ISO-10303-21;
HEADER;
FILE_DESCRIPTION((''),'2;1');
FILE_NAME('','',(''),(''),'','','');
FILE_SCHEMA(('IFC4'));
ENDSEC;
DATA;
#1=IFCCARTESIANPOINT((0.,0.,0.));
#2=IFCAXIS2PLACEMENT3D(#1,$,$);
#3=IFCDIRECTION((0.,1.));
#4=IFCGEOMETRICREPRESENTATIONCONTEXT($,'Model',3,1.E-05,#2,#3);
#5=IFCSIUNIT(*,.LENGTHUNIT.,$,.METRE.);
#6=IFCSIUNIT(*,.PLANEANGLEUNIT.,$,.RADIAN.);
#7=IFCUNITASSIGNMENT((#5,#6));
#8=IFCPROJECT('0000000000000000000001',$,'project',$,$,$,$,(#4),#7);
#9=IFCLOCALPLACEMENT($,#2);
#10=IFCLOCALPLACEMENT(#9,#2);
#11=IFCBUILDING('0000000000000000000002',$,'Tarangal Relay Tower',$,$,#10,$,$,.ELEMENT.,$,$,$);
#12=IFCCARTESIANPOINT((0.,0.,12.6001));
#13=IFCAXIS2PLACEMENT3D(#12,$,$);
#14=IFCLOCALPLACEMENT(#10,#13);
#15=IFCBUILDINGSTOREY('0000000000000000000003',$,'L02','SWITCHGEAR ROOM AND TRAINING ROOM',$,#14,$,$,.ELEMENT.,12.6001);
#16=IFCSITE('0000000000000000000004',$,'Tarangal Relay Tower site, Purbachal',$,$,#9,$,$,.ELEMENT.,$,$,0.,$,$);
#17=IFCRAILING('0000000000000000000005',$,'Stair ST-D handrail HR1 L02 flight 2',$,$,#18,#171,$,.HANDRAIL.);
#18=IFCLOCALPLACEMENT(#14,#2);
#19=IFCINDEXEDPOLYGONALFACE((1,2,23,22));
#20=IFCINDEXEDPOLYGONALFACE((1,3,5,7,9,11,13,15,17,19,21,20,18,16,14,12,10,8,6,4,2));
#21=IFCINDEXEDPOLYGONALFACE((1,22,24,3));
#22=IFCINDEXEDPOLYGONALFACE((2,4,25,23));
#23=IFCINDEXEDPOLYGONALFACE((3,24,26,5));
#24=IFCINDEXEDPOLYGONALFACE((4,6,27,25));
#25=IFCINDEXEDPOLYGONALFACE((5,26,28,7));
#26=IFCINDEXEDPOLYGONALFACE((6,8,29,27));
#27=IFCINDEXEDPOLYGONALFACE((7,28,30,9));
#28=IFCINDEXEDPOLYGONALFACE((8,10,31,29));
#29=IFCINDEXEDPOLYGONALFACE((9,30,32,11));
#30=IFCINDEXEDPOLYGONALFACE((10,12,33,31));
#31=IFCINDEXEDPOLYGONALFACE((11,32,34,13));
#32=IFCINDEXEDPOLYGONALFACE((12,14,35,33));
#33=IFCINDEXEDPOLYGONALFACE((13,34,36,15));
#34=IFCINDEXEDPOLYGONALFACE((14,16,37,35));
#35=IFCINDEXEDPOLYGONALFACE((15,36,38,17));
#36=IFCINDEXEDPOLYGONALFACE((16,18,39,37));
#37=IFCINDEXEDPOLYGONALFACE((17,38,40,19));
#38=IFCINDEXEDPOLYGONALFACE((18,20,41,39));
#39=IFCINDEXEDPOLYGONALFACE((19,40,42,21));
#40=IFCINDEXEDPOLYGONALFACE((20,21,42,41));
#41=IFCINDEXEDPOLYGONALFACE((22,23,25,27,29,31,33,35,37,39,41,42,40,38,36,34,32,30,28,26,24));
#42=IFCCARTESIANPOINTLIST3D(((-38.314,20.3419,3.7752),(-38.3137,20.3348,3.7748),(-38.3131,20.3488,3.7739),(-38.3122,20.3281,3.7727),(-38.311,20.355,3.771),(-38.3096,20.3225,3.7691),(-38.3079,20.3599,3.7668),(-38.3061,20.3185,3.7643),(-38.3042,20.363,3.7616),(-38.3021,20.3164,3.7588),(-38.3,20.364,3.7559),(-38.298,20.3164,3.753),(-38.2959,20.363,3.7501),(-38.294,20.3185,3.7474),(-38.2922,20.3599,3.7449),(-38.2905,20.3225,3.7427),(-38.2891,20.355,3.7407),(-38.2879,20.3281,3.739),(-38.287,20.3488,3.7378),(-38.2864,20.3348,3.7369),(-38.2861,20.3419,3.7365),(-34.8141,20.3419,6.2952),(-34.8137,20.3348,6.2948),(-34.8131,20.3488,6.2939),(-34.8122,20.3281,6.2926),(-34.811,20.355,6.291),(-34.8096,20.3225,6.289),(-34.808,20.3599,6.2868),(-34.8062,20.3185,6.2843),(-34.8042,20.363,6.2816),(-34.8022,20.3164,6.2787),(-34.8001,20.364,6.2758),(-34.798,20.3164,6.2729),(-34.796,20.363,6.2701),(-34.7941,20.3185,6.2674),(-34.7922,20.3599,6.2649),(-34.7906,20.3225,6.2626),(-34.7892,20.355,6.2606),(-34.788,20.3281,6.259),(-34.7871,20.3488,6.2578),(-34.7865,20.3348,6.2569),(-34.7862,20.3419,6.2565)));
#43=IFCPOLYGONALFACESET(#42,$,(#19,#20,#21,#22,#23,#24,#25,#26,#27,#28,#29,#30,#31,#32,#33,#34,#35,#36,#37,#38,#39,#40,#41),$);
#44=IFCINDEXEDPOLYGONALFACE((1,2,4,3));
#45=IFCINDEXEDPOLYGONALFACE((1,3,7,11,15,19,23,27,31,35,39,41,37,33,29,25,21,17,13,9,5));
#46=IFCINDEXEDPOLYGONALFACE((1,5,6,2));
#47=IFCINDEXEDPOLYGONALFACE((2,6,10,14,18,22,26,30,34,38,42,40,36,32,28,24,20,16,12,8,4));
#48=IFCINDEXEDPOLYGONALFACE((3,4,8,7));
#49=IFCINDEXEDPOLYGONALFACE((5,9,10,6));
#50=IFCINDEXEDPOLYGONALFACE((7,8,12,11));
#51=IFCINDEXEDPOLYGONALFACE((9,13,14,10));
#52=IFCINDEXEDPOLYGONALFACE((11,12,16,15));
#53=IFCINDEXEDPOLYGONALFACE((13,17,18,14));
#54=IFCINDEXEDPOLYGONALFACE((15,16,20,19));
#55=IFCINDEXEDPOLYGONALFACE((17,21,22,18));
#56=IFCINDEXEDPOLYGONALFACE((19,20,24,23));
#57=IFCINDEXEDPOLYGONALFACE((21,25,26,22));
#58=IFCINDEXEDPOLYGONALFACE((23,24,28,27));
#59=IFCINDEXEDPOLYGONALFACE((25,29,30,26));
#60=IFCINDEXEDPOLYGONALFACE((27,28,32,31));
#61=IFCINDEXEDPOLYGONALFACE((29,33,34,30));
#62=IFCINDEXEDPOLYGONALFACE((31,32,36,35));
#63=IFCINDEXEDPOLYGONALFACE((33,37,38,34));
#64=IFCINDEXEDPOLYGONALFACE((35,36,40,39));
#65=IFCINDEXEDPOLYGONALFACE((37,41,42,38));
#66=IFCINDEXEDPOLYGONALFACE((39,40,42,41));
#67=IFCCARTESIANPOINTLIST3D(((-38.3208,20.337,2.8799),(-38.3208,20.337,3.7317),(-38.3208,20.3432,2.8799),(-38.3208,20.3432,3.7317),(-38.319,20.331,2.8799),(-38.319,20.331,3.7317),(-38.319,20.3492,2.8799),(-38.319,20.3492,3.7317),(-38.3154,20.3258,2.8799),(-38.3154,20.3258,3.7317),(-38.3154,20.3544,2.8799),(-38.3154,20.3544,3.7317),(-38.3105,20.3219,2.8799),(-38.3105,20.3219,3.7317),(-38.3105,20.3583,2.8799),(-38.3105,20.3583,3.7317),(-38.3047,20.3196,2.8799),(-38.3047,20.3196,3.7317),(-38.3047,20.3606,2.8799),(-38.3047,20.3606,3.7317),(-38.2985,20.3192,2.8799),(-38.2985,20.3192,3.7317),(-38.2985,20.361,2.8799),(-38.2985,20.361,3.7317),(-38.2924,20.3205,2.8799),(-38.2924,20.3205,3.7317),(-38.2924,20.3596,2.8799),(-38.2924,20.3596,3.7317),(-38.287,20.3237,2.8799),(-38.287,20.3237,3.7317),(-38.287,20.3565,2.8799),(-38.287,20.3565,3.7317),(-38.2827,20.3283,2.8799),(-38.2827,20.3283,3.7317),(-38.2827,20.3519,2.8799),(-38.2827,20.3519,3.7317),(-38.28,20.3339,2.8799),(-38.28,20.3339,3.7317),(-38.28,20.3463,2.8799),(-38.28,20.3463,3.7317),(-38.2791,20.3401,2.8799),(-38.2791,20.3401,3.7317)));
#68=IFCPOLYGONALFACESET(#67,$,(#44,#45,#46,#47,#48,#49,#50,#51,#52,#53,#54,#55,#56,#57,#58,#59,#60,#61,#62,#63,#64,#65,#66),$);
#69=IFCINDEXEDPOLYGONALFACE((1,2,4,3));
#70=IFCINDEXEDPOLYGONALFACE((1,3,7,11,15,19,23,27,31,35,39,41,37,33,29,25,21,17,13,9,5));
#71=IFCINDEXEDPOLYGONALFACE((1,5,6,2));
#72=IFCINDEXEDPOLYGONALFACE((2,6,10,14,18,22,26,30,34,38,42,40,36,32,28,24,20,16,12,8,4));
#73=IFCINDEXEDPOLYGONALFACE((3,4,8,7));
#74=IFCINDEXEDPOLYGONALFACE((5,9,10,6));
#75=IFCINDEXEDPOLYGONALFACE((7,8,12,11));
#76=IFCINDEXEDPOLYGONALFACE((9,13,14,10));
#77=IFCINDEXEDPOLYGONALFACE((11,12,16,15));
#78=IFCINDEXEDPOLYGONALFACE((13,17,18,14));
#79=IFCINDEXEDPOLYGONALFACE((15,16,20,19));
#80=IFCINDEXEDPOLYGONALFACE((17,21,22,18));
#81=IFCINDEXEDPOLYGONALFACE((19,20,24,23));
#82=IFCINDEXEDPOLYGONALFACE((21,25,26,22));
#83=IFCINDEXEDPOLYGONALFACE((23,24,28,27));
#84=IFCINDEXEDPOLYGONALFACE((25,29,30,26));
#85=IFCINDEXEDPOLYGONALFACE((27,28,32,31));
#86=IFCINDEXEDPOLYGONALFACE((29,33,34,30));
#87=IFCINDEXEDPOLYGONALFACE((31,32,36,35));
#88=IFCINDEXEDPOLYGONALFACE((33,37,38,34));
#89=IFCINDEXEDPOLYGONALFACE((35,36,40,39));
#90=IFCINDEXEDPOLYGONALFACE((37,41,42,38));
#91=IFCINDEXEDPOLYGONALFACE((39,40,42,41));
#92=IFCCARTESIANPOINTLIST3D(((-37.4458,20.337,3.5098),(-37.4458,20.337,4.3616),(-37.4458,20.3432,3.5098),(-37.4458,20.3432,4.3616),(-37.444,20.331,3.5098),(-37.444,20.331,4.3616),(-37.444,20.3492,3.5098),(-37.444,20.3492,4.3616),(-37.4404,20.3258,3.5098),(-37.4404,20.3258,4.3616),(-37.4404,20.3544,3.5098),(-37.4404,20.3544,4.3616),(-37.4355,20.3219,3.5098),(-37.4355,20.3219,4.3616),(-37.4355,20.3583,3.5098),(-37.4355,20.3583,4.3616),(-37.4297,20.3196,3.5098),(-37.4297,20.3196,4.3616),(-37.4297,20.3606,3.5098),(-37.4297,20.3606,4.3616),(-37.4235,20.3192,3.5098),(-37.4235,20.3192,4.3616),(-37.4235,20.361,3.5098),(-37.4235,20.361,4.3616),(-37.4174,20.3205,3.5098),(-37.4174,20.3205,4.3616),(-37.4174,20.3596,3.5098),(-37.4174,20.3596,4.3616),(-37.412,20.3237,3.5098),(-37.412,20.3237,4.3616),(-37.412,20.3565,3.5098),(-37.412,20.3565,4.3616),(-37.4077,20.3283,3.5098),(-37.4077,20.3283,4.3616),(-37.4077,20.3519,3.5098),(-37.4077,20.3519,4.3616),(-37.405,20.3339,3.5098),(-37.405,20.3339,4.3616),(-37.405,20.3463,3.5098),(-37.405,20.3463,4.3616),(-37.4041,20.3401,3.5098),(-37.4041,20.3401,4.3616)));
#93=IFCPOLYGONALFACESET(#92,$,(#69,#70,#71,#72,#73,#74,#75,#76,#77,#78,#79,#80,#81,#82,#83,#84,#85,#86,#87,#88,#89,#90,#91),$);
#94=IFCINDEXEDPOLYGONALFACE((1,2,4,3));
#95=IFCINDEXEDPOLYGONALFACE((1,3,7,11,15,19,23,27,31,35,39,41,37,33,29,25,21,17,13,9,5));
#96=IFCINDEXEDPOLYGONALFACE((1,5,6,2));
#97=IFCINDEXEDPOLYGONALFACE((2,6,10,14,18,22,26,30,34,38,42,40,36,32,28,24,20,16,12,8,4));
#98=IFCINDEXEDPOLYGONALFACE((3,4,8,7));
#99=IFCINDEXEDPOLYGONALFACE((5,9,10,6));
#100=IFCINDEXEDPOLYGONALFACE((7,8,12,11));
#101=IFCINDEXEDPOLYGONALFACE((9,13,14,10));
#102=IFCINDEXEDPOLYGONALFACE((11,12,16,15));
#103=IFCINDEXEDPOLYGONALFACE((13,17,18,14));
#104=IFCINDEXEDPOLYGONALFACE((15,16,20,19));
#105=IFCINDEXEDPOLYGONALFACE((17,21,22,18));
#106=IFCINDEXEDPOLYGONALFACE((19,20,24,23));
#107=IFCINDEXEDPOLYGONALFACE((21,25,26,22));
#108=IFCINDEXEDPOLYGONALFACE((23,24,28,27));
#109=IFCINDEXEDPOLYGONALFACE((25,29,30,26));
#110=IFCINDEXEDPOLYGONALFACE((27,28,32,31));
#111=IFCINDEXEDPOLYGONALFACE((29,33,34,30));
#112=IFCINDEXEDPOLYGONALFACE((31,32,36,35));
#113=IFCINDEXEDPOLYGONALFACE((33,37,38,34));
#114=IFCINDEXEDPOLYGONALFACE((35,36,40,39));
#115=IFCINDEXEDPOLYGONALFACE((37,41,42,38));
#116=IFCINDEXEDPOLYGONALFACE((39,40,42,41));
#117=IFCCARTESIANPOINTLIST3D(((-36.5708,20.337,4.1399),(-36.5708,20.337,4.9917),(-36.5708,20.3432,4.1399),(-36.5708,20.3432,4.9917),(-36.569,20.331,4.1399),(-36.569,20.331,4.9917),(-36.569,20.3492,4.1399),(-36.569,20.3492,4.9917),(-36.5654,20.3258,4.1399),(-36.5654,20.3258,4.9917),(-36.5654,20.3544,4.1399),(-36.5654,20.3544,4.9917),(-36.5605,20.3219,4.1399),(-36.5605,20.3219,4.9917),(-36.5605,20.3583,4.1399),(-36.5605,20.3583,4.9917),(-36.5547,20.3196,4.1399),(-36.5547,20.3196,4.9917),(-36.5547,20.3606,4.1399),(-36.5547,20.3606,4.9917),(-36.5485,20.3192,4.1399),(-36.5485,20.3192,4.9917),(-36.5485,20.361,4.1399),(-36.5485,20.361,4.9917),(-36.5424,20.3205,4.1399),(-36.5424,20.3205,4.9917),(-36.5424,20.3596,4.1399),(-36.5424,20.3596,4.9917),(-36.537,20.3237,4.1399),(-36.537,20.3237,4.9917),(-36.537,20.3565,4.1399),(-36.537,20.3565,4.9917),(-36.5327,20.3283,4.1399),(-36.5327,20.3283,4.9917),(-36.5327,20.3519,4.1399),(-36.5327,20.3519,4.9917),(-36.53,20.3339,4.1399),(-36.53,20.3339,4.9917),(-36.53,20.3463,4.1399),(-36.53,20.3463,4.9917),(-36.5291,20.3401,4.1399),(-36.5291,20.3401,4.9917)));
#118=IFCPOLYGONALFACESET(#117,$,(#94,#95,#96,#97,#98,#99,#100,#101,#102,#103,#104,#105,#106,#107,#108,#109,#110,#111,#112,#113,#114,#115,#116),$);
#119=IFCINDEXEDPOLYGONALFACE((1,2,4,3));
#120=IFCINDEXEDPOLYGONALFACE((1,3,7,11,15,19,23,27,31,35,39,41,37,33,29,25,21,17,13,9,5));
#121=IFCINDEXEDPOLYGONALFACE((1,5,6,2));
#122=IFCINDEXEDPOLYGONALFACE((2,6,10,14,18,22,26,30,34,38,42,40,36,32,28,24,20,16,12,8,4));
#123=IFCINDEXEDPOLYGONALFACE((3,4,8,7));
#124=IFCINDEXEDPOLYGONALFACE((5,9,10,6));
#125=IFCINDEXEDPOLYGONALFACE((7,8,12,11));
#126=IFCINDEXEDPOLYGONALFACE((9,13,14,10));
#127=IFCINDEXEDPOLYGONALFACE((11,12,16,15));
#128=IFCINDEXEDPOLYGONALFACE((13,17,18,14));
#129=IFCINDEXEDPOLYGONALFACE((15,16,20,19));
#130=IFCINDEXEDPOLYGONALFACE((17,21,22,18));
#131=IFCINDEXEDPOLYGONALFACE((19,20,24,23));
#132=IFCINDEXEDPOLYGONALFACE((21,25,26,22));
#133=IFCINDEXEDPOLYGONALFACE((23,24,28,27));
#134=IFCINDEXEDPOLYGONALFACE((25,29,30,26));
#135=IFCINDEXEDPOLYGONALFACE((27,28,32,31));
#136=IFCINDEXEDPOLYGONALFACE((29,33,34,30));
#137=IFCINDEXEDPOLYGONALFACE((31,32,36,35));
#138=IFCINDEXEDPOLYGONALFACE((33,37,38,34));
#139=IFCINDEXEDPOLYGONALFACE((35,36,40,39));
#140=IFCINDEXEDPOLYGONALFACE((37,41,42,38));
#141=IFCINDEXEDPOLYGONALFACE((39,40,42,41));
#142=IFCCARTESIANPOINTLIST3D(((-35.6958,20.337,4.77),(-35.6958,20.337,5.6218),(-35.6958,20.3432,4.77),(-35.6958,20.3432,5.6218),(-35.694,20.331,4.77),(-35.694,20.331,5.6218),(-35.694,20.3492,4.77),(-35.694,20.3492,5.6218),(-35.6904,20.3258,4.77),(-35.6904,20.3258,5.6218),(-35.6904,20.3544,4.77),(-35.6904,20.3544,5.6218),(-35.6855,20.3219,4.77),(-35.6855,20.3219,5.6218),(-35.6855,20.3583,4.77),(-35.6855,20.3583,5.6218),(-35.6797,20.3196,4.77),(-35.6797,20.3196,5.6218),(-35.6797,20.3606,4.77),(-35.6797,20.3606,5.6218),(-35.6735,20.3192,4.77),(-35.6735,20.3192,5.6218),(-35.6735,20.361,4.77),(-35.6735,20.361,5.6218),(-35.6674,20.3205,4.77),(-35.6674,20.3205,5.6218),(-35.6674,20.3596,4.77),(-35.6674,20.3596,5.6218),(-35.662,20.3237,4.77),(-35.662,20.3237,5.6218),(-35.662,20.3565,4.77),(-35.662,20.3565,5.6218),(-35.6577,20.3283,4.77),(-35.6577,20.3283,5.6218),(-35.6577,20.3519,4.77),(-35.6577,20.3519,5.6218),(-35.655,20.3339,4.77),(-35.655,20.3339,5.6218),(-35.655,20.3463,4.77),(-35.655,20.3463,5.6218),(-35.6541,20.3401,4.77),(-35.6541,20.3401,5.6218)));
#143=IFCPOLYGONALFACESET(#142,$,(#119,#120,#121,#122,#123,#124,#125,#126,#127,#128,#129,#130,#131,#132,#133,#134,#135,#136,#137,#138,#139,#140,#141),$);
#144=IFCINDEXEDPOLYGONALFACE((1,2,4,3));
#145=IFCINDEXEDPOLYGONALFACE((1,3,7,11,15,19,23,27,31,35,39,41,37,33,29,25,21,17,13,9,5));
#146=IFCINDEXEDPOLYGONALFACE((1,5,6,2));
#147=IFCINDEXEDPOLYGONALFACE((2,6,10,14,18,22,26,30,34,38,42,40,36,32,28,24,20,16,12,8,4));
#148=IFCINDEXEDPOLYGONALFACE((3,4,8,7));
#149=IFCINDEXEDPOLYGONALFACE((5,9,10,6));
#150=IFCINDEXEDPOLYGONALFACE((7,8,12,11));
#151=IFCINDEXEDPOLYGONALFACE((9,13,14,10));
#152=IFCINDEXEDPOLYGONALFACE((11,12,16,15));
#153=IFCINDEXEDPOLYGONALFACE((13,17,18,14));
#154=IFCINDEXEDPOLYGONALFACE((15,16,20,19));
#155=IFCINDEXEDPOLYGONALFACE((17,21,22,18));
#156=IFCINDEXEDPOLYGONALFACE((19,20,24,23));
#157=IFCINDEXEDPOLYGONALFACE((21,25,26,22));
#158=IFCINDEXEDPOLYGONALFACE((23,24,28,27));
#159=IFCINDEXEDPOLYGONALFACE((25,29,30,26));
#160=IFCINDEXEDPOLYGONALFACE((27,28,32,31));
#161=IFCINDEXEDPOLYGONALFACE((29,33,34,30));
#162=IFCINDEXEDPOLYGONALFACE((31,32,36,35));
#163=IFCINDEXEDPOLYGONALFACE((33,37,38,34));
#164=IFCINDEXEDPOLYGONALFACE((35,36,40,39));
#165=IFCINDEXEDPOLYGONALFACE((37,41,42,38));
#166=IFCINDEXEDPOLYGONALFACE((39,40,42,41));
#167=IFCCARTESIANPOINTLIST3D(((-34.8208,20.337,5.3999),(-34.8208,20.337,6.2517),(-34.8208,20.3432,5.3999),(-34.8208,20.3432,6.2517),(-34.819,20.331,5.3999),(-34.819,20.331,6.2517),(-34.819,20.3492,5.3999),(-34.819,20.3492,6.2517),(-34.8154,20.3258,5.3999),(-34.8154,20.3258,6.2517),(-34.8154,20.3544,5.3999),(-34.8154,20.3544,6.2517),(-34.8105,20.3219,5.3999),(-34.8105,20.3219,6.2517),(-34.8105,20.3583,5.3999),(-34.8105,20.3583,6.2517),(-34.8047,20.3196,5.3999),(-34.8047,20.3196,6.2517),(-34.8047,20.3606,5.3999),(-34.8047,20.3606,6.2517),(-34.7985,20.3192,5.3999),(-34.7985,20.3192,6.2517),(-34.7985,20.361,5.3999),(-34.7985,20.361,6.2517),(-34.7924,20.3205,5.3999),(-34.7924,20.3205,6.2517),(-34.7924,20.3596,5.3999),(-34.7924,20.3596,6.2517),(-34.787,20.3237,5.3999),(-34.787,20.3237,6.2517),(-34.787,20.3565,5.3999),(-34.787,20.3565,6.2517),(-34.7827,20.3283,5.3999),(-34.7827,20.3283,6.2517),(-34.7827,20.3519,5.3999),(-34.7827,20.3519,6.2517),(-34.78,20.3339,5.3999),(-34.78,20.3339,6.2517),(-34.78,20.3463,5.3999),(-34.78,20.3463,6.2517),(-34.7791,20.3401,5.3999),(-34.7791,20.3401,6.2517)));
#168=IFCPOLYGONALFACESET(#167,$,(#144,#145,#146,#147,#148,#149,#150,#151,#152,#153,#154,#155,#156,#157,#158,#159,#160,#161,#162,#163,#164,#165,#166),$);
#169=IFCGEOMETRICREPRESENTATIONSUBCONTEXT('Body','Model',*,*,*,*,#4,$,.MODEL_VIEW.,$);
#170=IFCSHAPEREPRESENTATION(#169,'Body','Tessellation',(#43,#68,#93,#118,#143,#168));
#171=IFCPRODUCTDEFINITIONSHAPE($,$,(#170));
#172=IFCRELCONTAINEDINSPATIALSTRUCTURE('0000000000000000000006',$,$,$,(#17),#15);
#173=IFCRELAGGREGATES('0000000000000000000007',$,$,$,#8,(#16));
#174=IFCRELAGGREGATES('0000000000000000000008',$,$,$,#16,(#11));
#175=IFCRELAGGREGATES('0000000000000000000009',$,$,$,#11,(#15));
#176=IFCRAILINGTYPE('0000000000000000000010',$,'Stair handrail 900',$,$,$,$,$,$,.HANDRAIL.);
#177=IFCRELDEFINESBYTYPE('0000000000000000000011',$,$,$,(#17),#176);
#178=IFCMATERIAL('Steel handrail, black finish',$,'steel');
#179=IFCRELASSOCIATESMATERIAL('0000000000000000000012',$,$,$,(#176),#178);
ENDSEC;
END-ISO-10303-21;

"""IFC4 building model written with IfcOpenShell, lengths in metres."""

from ifc_helpers import new_model, si_unit, direction, frame, origin, origin_2d, place, context, subcontext, project, spatial, circle, extrude, material, type_object, element, save


model = new_model("IFC4")

# Units and contexts
model_context = context("Model", 3, precision=1e-05, world=origin(), true_north=direction((0.0, 1.0)))
body_context = subcontext(model_context, "Body", "Model", "MODEL_VIEW")
ifc_project = project(units=[si_unit("LENGTHUNIT", "METRE"), si_unit("PLANEANGLEUNIT", "RADIAN")], contexts=[model_context])

# Site, building, storey
site_placement = place(None, origin())
site = spatial("IfcSite", under=ifc_project, at=site_placement, Name="Tarangal Relay Tower site, Purbachal", CompositionType="ELEMENT", RefElevation=0.0)
building_placement = place(site_placement, origin())
building = spatial("IfcBuilding", under=site, at=building_placement, Name="Tarangal Relay Tower", CompositionType="ELEMENT")
storey_placement = place(building_placement, frame((0.0, 0.0, 12.6001)))
storey = spatial("IfcBuildingStorey", under=building, at=storey_placement, Name="L02", Description="SWITCHGEAR ROOM AND TRAINING ROOM", CompositionType="ELEMENT", Elevation=12.6001)

# Railing
ifc_material_1 = material(Name="Steel handrail, black finish", Category="steel")
railing_type_1 = type_object("IfcRailingType", Name="Stair handrail 900", PredefinedType="HANDRAIL", material=ifc_material_1)
railing_1_placement = place(storey_placement, frame((-38.3, 20.3401, 2.8799)))
element("IfcRailing", 1, at=railing_1_placement, inside=storey, type_object=railing_type_1, Name="Stair ST-D handrail HR1 L02 flight 2", PredefinedType="HANDRAIL", context=body_context, shape_type="SweptSolid", body=[
    extrude(circle(Radius=0.0239, at=origin_2d()), frame((0.0, 0.0, 0.876), z_axis=(0.811532, 0.0, 0.584308), x_axis=(0.0, 1.0, 0.0)), (0.0, 0.0, 1.0), 4.3127),
    extrude(circle(Radius=0.021, at=origin_2d()), origin(), (0.0, 0.0, 1.0), 0.8518),
    extrude(circle(Radius=0.021, at=origin_2d()), frame((0.875, 0.0, 0.6299)), (0.0, 0.0, 1.0), 0.8518),
    extrude(circle(Radius=0.021, at=origin_2d()), frame((1.75, 0.0, 1.26)), (0.0, 0.0, 1.0), 0.8518),
    extrude(circle(Radius=0.021, at=origin_2d()), frame((2.625, 0.0, 1.8901)), (0.0, 0.0, 1.0), 0.8518),
    extrude(circle(Radius=0.021, at=origin_2d()), frame((3.5, 0.0, 2.52)), (0.0, 0.0, 1.0), 0.8518),
])

save(model, "model.ifc")
